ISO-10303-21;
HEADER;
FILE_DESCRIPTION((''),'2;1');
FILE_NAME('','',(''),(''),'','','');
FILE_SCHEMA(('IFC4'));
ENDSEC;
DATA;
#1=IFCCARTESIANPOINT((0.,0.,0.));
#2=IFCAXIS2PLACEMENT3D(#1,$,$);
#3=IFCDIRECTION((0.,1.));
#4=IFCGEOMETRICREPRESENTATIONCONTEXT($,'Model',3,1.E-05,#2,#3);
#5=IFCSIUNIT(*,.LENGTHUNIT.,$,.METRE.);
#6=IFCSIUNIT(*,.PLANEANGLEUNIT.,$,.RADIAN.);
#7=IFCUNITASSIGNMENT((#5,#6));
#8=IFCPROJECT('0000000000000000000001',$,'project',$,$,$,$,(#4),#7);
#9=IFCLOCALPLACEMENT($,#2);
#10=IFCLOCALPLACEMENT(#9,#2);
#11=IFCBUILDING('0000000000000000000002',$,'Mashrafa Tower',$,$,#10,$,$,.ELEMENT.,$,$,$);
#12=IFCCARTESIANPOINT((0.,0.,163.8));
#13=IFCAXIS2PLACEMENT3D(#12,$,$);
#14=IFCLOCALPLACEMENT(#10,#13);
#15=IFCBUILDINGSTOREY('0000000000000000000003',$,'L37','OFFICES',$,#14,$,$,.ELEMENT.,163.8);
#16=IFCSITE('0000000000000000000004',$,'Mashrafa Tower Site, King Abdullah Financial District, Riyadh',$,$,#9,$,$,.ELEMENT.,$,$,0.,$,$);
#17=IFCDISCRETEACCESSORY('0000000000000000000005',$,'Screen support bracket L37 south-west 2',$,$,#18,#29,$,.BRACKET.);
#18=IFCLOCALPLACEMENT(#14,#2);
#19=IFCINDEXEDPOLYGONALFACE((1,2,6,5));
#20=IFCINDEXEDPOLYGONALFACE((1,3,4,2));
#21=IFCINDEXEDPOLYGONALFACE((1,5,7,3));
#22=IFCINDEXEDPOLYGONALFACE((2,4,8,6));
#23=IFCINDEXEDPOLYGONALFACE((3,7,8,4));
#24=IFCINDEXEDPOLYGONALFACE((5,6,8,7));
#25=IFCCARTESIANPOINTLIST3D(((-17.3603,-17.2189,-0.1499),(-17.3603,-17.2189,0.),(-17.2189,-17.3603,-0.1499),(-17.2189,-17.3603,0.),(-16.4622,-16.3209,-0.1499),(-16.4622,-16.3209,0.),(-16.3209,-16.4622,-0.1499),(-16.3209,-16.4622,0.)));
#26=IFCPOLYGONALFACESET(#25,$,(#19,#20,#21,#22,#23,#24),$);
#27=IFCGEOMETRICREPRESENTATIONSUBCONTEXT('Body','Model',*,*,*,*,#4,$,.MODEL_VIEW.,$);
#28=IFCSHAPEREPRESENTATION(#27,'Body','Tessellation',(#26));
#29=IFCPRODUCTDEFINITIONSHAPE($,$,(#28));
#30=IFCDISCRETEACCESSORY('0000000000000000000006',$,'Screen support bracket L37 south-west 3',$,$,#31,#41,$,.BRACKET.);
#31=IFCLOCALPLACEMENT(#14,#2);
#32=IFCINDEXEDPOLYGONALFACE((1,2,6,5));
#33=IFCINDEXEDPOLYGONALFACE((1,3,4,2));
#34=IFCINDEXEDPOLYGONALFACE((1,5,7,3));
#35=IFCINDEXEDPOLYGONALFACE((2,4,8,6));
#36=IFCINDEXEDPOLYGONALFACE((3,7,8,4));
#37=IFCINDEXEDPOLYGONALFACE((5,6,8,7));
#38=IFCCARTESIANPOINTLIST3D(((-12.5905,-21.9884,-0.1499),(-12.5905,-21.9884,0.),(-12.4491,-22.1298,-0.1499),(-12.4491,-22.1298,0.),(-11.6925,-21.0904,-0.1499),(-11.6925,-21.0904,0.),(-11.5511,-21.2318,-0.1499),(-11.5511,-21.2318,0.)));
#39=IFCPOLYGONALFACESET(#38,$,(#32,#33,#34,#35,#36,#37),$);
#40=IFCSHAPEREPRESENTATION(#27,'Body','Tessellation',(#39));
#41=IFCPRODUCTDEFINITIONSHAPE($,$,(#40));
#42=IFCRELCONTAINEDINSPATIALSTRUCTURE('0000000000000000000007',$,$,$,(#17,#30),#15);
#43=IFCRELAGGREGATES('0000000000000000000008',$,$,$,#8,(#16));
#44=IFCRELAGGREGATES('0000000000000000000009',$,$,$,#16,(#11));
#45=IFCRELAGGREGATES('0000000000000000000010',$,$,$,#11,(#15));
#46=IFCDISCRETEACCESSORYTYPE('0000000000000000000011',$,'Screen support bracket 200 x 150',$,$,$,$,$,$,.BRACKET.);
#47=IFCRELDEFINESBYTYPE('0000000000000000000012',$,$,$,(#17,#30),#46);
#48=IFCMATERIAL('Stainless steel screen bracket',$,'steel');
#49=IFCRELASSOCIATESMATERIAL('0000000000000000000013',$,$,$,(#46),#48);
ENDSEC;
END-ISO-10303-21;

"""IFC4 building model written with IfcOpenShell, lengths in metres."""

from ifc_helpers import new_model, si_unit, direction, frame, origin, origin_2d, place, context, subcontext, project, spatial, rectangle, extrude, source, transform, mapped, material, type_object, type_shapes, element, save


model = new_model("IFC4")

# Units and contexts
model_context = context("Model", 3, precision=1e-05, world=origin(), true_north=direction((0.0, 1.0)))
body_context = subcontext(model_context, "Body", "Model", "MODEL_VIEW")
ifc_project = project(units=[si_unit("LENGTHUNIT", "METRE"), si_unit("PLANEANGLEUNIT", "RADIAN")], contexts=[model_context])

# Site, building, storey
site_placement = place(None, origin())
site = spatial("IfcSite", under=ifc_project, at=site_placement, Name="Mashrafa Tower Site, King Abdullah Financial District, Riyadh", CompositionType="ELEMENT", RefElevation=0.0)
building_placement = place(site_placement, origin())
building = spatial("IfcBuilding", under=site, at=building_placement, Name="Mashrafa Tower", CompositionType="ELEMENT")
storey_placement = place(building_placement, frame((0.0, 0.0, 163.8)))
storey = spatial("IfcBuildingStorey", under=building, at=storey_placement, Name="L37", Description="OFFICES", CompositionType="ELEMENT", Elevation=163.8)

# Discrete accessories
ifc_material_1 = material(Name="Stainless steel screen bracket", Category="steel")
discrete_accessory_type = type_object("IfcDiscreteAccessoryType", Name="Screen support bracket 200 x 150", PredefinedType="BRACKET", material=ifc_material_1)
shared_shape_1 = source(origin(), body_context, "Body", "SweptSolid", [
    extrude(rectangle(XDim=0.2, YDim=1.27, at=origin_2d()), origin(), (0.0, 0.0, 1.0), 0.1499),
])
type_shapes(discrete_accessory_type, [shared_shape_1])
for number, where, z_axis, x_axis, name in (
    (1, (-16.8406, -16.8406, -0.1499), (0.0, 0.0, 1.0), (0.707107, -0.707107, 0.0), "Screen support bracket L37 south-west 2"),
    (2, (-12.0708, -21.6101, -0.1499), (0.0, 0.0, 1.0), (0.707107, -0.707107, 0.0), "Screen support bracket L37 south-west 3"),
):
    element("IfcDiscreteAccessory", number, at=place(storey_placement, frame(where, z_axis=z_axis, x_axis=x_axis)), inside=storey, type_object=discrete_accessory_type, Name=name, PredefinedType="BRACKET", context=body_context, shape_type="MappedRepresentation", body=[
        mapped(shared_shape_1, transform((0.0, 0.0, 0.0))),
    ])

save(model, "model.ifc")
